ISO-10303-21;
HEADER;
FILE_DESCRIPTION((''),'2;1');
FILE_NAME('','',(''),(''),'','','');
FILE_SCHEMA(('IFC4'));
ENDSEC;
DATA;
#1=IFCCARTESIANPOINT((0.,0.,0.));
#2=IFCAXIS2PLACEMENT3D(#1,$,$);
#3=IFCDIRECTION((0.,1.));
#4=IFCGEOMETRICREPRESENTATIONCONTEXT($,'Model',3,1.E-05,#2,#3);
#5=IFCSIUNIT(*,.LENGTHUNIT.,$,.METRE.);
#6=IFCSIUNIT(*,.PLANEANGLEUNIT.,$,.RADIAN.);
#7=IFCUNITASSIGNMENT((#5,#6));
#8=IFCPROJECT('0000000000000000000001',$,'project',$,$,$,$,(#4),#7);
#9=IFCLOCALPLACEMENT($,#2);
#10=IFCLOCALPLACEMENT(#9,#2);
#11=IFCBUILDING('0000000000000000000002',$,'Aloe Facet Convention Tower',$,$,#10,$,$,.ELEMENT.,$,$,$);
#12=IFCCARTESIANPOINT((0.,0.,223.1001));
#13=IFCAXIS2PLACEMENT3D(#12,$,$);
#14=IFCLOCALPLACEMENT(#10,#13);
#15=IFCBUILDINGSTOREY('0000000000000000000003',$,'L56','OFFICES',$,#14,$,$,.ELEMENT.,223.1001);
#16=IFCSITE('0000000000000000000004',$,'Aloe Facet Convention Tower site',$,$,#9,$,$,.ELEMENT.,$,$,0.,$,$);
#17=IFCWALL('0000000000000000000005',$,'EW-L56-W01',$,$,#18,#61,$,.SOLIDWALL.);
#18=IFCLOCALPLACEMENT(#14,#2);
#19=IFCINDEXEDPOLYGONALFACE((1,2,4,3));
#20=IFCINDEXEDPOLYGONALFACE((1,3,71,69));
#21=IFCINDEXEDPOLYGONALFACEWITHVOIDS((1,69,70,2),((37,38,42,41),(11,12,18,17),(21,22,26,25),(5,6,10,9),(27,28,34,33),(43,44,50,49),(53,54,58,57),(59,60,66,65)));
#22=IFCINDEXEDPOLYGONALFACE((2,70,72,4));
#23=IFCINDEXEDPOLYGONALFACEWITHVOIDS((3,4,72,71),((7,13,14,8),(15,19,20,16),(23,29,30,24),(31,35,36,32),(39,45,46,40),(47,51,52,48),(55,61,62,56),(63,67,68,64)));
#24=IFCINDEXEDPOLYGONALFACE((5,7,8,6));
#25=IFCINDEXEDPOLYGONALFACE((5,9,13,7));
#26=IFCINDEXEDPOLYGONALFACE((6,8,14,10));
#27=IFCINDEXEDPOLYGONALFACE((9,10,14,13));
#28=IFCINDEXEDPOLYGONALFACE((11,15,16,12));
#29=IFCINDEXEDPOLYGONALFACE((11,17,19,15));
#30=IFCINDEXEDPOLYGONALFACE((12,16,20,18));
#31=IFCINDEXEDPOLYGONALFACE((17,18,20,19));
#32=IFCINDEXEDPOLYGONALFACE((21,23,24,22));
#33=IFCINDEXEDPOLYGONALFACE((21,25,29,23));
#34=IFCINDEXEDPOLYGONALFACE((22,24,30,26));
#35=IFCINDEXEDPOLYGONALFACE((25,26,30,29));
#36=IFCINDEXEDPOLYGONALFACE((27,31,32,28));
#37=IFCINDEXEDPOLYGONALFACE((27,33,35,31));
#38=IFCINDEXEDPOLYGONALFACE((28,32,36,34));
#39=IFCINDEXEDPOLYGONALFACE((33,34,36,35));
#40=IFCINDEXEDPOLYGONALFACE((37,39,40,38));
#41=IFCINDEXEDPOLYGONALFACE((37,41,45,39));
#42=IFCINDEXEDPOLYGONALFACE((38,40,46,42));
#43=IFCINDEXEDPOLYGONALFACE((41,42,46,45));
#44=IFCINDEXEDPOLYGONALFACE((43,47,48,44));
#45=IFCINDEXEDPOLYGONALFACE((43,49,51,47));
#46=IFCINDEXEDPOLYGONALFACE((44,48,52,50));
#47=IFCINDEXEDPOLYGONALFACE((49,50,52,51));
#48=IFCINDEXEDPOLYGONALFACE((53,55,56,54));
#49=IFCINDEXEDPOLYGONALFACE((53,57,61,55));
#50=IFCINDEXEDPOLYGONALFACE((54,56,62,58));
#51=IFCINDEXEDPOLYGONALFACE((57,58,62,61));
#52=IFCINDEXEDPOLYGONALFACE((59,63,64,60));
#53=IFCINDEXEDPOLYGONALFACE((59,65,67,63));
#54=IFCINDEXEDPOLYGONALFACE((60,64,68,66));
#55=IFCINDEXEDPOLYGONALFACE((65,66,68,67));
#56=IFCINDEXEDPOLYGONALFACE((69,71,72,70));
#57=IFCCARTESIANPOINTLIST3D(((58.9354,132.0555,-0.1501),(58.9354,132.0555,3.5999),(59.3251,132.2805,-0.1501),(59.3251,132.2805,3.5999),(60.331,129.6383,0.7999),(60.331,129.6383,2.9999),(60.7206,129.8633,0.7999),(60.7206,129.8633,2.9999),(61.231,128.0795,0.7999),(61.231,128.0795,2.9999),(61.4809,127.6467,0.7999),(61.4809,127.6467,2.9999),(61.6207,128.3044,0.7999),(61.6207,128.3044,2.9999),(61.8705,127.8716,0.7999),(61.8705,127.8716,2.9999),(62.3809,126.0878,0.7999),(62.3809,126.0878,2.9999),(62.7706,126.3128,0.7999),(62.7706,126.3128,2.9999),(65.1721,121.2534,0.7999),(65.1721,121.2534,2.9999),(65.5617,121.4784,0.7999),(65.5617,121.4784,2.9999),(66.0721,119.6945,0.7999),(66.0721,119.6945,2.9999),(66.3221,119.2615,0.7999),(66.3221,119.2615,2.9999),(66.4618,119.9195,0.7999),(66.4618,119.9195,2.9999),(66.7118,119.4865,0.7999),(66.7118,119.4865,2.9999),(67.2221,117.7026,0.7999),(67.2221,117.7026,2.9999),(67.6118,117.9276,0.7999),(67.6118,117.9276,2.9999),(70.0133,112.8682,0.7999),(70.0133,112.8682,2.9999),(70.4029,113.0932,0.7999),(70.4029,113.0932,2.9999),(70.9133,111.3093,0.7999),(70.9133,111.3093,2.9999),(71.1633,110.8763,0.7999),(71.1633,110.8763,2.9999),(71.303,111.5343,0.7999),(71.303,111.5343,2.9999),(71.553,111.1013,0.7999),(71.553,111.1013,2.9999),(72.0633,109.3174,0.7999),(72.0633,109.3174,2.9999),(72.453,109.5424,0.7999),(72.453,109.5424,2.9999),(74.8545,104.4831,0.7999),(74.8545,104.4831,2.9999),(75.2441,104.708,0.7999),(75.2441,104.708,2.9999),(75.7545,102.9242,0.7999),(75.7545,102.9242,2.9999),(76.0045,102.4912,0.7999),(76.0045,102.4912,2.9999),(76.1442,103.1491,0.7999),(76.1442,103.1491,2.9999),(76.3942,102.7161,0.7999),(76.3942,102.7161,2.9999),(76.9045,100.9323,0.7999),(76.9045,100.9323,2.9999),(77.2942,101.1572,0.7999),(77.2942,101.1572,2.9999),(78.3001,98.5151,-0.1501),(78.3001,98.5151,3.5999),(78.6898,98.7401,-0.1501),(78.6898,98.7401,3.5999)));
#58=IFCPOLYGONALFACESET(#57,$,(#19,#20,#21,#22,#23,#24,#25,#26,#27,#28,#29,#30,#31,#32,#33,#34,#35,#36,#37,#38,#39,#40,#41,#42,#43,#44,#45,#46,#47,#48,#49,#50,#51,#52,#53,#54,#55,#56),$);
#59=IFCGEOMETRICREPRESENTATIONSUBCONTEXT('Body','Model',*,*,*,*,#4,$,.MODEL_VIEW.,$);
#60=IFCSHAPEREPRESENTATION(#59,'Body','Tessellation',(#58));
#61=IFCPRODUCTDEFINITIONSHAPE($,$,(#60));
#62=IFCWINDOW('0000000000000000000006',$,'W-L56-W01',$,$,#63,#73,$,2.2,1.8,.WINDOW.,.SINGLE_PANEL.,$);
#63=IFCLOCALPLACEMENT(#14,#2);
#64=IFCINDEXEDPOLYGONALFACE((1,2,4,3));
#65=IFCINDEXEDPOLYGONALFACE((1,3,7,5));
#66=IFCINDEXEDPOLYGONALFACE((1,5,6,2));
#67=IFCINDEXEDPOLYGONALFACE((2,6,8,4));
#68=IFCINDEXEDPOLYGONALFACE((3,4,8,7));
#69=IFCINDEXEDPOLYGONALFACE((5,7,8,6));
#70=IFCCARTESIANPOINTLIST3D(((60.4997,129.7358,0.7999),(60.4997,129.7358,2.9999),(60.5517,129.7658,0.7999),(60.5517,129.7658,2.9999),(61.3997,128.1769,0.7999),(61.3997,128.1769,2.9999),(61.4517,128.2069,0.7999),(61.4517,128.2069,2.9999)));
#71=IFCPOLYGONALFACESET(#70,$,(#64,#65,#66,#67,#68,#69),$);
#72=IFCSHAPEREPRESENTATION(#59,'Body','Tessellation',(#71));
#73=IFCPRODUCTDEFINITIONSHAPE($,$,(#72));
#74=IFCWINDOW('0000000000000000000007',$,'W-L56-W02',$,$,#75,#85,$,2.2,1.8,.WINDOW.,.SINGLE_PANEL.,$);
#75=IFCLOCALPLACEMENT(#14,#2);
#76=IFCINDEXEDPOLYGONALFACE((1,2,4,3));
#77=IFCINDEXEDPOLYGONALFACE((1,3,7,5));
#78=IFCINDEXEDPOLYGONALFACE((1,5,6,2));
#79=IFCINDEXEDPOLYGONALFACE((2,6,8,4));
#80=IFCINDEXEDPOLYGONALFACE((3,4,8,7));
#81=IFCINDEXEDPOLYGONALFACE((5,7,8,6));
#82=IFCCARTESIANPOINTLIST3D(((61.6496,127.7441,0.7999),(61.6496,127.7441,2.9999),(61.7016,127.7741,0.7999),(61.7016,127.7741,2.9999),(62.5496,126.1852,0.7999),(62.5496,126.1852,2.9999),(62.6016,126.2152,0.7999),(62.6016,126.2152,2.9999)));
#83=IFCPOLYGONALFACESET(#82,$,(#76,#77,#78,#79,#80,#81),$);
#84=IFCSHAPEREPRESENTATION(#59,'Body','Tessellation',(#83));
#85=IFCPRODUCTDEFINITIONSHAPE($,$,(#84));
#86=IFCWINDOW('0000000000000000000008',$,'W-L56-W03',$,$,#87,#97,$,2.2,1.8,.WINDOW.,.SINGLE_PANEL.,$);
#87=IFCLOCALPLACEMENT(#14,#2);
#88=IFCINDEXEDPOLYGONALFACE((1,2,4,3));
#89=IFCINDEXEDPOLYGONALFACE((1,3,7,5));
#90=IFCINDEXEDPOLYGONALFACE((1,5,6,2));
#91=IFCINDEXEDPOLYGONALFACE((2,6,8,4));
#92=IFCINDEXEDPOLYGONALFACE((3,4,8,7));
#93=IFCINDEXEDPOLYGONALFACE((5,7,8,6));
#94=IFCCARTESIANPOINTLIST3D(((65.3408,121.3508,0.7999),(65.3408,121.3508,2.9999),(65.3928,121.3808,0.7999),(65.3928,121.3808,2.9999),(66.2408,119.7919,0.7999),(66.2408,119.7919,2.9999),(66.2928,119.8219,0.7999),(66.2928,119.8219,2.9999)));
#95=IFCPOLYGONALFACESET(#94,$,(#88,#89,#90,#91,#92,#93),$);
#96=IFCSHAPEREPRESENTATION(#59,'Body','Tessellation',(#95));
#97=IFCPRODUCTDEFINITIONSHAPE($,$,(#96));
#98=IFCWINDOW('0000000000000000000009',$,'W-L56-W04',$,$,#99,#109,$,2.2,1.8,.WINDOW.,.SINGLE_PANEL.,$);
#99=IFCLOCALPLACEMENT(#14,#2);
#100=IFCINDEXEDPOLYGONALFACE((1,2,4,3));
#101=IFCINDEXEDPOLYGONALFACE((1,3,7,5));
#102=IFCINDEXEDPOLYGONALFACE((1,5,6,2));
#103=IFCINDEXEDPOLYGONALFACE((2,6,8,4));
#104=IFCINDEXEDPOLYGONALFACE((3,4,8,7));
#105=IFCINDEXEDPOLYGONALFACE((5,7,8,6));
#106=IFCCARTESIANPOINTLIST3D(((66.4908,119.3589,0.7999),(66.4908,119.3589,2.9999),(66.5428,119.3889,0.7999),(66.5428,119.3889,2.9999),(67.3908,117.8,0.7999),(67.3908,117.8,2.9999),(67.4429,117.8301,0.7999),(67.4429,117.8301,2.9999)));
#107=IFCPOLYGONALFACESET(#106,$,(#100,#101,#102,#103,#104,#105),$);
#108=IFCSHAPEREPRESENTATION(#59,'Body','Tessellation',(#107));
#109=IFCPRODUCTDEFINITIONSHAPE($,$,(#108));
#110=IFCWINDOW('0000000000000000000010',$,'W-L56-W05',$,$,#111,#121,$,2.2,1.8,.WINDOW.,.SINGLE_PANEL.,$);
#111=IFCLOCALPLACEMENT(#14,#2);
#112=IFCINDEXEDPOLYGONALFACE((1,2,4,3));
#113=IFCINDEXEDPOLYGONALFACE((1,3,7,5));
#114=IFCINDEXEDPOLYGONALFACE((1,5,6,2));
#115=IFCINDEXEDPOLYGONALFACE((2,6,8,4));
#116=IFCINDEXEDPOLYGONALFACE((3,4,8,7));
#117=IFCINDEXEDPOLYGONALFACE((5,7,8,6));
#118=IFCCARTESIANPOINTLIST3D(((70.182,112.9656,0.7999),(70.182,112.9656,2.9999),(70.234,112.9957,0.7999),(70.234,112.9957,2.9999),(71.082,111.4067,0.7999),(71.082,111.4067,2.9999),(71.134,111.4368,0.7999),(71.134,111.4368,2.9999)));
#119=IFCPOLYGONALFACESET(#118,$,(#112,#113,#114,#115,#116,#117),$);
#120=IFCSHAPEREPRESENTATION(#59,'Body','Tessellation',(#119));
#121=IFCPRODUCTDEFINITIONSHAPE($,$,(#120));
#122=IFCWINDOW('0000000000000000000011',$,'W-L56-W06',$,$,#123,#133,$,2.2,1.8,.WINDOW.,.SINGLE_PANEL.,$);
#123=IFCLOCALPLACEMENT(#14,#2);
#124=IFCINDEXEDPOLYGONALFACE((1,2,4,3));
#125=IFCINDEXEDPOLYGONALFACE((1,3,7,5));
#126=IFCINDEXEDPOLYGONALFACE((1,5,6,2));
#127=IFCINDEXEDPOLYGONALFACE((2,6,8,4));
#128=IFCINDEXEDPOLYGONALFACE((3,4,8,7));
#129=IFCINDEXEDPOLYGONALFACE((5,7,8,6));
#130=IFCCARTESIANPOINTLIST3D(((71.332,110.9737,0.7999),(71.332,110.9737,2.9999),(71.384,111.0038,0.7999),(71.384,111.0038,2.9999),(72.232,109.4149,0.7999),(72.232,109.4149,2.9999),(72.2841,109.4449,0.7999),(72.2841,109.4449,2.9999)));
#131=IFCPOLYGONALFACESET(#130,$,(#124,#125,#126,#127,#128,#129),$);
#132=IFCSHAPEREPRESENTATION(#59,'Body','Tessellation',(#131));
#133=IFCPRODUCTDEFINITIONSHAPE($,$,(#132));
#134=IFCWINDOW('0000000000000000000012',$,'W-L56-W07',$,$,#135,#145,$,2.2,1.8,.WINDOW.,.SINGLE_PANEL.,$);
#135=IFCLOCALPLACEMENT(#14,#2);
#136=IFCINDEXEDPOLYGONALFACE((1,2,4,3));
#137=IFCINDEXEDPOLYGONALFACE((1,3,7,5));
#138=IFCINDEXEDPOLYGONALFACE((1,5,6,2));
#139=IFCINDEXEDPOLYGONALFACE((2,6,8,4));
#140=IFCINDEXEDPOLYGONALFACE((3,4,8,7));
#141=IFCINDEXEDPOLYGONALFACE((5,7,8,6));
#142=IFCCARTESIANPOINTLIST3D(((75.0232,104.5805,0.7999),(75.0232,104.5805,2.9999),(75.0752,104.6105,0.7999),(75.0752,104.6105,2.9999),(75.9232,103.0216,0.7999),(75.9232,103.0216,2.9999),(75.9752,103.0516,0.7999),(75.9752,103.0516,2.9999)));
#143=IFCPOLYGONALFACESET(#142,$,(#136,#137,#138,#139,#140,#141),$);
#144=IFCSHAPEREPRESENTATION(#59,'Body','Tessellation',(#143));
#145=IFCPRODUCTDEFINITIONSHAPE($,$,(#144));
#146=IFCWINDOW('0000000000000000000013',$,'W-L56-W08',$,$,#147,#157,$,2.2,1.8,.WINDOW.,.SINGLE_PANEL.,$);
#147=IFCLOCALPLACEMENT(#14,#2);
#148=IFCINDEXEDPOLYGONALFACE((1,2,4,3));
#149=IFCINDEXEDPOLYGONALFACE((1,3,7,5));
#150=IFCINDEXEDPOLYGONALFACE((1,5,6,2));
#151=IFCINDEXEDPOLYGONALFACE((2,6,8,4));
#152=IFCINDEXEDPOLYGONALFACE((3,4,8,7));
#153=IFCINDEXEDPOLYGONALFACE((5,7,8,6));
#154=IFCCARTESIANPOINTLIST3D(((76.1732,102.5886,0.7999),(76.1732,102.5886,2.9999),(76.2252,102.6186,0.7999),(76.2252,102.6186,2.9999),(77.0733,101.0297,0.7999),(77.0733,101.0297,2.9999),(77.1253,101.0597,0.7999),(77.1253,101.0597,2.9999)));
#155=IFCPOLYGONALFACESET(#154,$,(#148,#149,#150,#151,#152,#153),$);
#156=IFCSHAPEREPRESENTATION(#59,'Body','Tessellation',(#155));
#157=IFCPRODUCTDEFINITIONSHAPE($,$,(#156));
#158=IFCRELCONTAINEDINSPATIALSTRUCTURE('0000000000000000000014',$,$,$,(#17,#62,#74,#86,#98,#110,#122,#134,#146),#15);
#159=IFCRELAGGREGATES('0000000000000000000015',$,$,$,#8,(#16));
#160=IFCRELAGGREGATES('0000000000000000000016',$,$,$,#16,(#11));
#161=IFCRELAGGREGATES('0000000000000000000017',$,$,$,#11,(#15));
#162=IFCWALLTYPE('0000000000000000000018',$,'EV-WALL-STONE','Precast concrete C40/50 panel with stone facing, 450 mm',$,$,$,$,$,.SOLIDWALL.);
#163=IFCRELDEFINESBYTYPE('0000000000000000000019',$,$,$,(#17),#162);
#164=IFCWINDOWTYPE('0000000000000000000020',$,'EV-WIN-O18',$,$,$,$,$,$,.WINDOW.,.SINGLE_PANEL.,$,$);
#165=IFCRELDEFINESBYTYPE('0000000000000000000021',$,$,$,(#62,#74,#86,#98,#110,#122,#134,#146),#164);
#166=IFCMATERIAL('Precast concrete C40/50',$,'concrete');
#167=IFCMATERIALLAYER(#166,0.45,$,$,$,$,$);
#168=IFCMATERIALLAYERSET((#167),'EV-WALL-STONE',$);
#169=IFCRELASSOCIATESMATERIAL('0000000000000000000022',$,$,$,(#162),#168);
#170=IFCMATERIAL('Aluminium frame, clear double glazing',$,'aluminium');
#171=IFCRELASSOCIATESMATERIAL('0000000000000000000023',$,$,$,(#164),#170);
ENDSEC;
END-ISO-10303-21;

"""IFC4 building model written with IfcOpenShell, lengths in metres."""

from ifc_helpers import new_model, si_unit, direction, frame, frame_2d, origin, place, context, subcontext, project, spatial, polyline, rectangle, outline, extrude, material, layer, layer_set, type_object, element, fill, save


model = new_model("IFC4")

# Units and contexts
model_context = context("Model", 3, precision=1e-05, world=origin(), true_north=direction((0.0, 1.0)))
body_context = subcontext(model_context, "Body", "Model", "MODEL_VIEW")
ifc_project = project(units=[si_unit("LENGTHUNIT", "METRE"), si_unit("PLANEANGLEUNIT", "RADIAN")], contexts=[model_context])

# Site, building, storey
site_placement = place(None, origin())
site = spatial("IfcSite", under=ifc_project, at=site_placement, Name="Aloe Facet Convention Tower site", CompositionType="ELEMENT", RefElevation=0.0)
building_placement = place(site_placement, origin())
building = spatial("IfcBuilding", under=site, at=building_placement, Name="Aloe Facet Convention Tower", CompositionType="ELEMENT")
storey_placement = place(building_placement, frame((0.0, 0.0, 223.1001)))
storey = spatial("IfcBuildingStorey", under=building, at=storey_placement, Name="L56", Description="OFFICES", CompositionType="ELEMENT", Elevation=223.1001)

# Wall, openings, windows
ifc_material_1 = material(Name="Precast concrete C40/50", Category="concrete")
ifc_layer_1 = layer(ifc_material_1, 0.45)
ifc_layer_set_1 = layer_set([ifc_layer_1], Name="EV-WALL-STONE")
wall_type_1 = type_object("IfcWallType", Name="EV-WALL-STONE", Description="Precast concrete C40/50 panel with stone facing, 450 mm", PredefinedType="SOLIDWALL", material=ifc_layer_set_1)
wall_1_placement = place(storey_placement, frame((59.1301, 132.168, -0.1501), z_axis=(0.0, 0.0, 1.0), x_axis=(0.500002, -0.866024, 0.0)))
wall_1 = element("IfcWall", 1, at=wall_1_placement, inside=storey, type_object=wall_type_1, Name="EW-L56-W01", PredefinedType="SOLIDWALL", context=body_context, shape_type="SweptSolid", body=[
    extrude(outline(polyline([(38.7292, 0.0), (38.7292, 3.75), (0.0, 3.75), (0.0, 0.0), (38.7292, 0.0)])), frame((0.0, 0.2251, 0.0), z_axis=(0.0, -1.0, 0.0), x_axis=(1.0, 0.0, 0.0)), (0.0, 0.0, 1.0), 0.45),
])
opening_1_placement = place(wall_1_placement, frame((2.7913, 0.0, 0.95)))
opening_1 = element("IfcOpeningElement", 2, at=opening_1_placement, cuts=wall_1, PredefinedType="OPENING", context=body_context, shape_type="SweptSolid", body=[
    extrude(rectangle(XDim=1.8, YDim=2.2, at=frame_2d((0.8999, 1.1001))), frame((0.0, 0.2349, 0.0), z_axis=(0.0, -1.0, 0.0), x_axis=(1.0, 0.0, 0.0)), (0.0, 0.0, 1.0), 0.47),
])
opening_2_placement = place(wall_1_placement, frame((5.0911, 0.0, 0.95)))
opening_2 = element("IfcOpeningElement", 3, at=opening_2_placement, cuts=wall_1, PredefinedType="OPENING", context=body_context, shape_type="SweptSolid", body=[
    extrude(rectangle(XDim=1.8, YDim=2.2, at=frame_2d((0.8999, 1.1001))), frame((0.0, 0.2349, 0.0), z_axis=(0.0, -1.0, 0.0), x_axis=(1.0, 0.0, 0.0)), (0.0, 0.0, 1.0), 0.47),
])
opening_3_placement = place(wall_1_placement, frame((12.4734, 0.0, 0.95)))
opening_3 = element("IfcOpeningElement", 4, at=opening_3_placement, cuts=wall_1, PredefinedType="OPENING", context=body_context, shape_type="SweptSolid", body=[
    extrude(rectangle(XDim=1.8, YDim=2.2, at=frame_2d((0.8999, 1.1001))), frame((0.0, 0.2349, 0.0), z_axis=(0.0, -1.0, 0.0), x_axis=(1.0, 0.0, 0.0)), (0.0, 0.0, 1.0), 0.47),
])
opening_4_placement = place(wall_1_placement, frame((14.7734, 0.0, 0.95)))
opening_4 = element("IfcOpeningElement", 5, at=opening_4_placement, cuts=wall_1, PredefinedType="OPENING", context=body_context, shape_type="SweptSolid", body=[
    extrude(rectangle(XDim=1.8, YDim=2.2, at=frame_2d((0.8999, 1.1001))), frame((0.0, 0.2349, 0.0), z_axis=(0.0, -1.0, 0.0), x_axis=(1.0, 0.0, 0.0)), (0.0, 0.0, 1.0), 0.47),
])
opening_5_placement = place(wall_1_placement, frame((22.1558, 0.0, 0.95)))
opening_5 = element("IfcOpeningElement", 6, at=opening_5_placement, cuts=wall_1, PredefinedType="OPENING", context=body_context, shape_type="SweptSolid", body=[
    extrude(rectangle(XDim=1.8, YDim=2.2, at=frame_2d((0.8999, 1.1001))), frame((0.0, 0.2349, 0.0), z_axis=(0.0, -1.0, 0.0), x_axis=(1.0, 0.0, 0.0)), (0.0, 0.0, 1.0), 0.47),
])
opening_6_placement = place(wall_1_placement, frame((24.4558, 0.0, 0.95)))
opening_6 = element("IfcOpeningElement", 7, at=opening_6_placement, cuts=wall_1, PredefinedType="OPENING", context=body_context, shape_type="SweptSolid", body=[
    extrude(rectangle(XDim=1.8, YDim=2.2, at=frame_2d((0.8999, 1.1001))), frame((0.0, 0.2349, 0.0), z_axis=(0.0, -1.0, 0.0), x_axis=(1.0, 0.0, 0.0)), (0.0, 0.0, 1.0), 0.47),
])
opening_7_placement = place(wall_1_placement, frame((31.8381, 0.0, 0.95)))
opening_7 = element("IfcOpeningElement", 8, at=opening_7_placement, cuts=wall_1, PredefinedType="OPENING", context=body_context, shape_type="SweptSolid", body=[
    extrude(rectangle(XDim=1.8, YDim=2.2, at=frame_2d((0.8999, 1.1001))), frame((0.0, 0.2349, 0.0), z_axis=(0.0, -1.0, 0.0), x_axis=(1.0, 0.0, 0.0)), (0.0, 0.0, 1.0), 0.47),
])
opening_8_placement = place(wall_1_placement, frame((34.1382, 0.0, 0.95)))
opening_8 = element("IfcOpeningElement", 9, at=opening_8_placement, cuts=wall_1, PredefinedType="OPENING", context=body_context, shape_type="SweptSolid", body=[
    extrude(rectangle(XDim=1.8, YDim=2.2, at=frame_2d((0.8999, 1.1001))), frame((0.0, 0.2349, 0.0), z_axis=(0.0, -1.0, 0.0), x_axis=(1.0, 0.0, 0.0)), (0.0, 0.0, 1.0), 0.47),
])
ifc_material_2 = material(Name="Aluminium frame, clear double glazing", Category="aluminium")
window_type = type_object("IfcWindowType", Name="EV-WIN-O18", PartitioningType="SINGLE_PANEL", PredefinedType="WINDOW", material=ifc_material_2)
window_1_placement = place(opening_1_placement, origin())
window_1 = element("IfcWindow", 10, at=window_1_placement, inside=storey, type_object=window_type, Name="W-L56-W01", OverallHeight=2.2, OverallWidth=1.8, PartitioningType="SINGLE_PANEL", PredefinedType="WINDOW", context=body_context, shape_type="SweptSolid", body=[
    extrude(rectangle(XDim=1.8, YDim=2.2, at=frame_2d((0.8999, 1.1001))), frame((0.0, 0.03, 0.0), z_axis=(0.0, -1.0, 0.0), x_axis=(1.0, 0.0, 0.0)), (0.0, 0.0, 1.0), 0.0601),
])
fill(opening_1, window_1)
window_2_placement = place(opening_2_placement, origin())
window_2 = element("IfcWindow", 11, at=window_2_placement, inside=storey, type_object=window_type, Name="W-L56-W02", OverallHeight=2.2, OverallWidth=1.8, PartitioningType="SINGLE_PANEL", PredefinedType="WINDOW", context=body_context, shape_type="SweptSolid", body=[
    extrude(rectangle(XDim=1.8, YDim=2.2, at=frame_2d((0.8999, 1.1001))), frame((0.0, 0.03, 0.0), z_axis=(0.0, -1.0, 0.0), x_axis=(1.0, 0.0, 0.0)), (0.0, 0.0, 1.0), 0.0601),
])
fill(opening_2, window_2)
window_3_placement = place(opening_3_placement, origin())
window_3 = element("IfcWindow", 12, at=window_3_placement, inside=storey, type_object=window_type, Name="W-L56-W03", OverallHeight=2.2, OverallWidth=1.8, PartitioningType="SINGLE_PANEL", PredefinedType="WINDOW", context=body_context, shape_type="SweptSolid", body=[
    extrude(rectangle(XDim=1.8, YDim=2.2, at=frame_2d((0.8999, 1.1001))), frame((0.0, 0.03, 0.0), z_axis=(0.0, -1.0, 0.0), x_axis=(1.0, 0.0, 0.0)), (0.0, 0.0, 1.0), 0.0601),
])
fill(opening_3, window_3)
window_4_placement = place(opening_4_placement, origin())
window_4 = element("IfcWindow", 13, at=window_4_placement, inside=storey, type_object=window_type, Name="W-L56-W04", OverallHeight=2.2, OverallWidth=1.8, PartitioningType="SINGLE_PANEL", PredefinedType="WINDOW", context=body_context, shape_type="SweptSolid", body=[
    extrude(rectangle(XDim=1.8, YDim=2.2, at=frame_2d((0.8999, 1.1001))), frame((0.0, 0.03, 0.0), z_axis=(0.0, -1.0, 0.0), x_axis=(1.0, 0.0, 0.0)), (0.0, 0.0, 1.0), 0.0601),
])
fill(opening_4, window_4)
window_5_placement = place(opening_5_placement, origin())
window_5 = element("IfcWindow", 14, at=window_5_placement, inside=storey, type_object=window_type, Name="W-L56-W05", OverallHeight=2.2, OverallWidth=1.8, PartitioningType="SINGLE_PANEL", PredefinedType="WINDOW", context=body_context, shape_type="SweptSolid", body=[
    extrude(rectangle(XDim=1.8, YDim=2.2, at=frame_2d((0.8999, 1.1001))), frame((0.0, 0.03, 0.0), z_axis=(0.0, -1.0, 0.0), x_axis=(1.0, 0.0, 0.0)), (0.0, 0.0, 1.0), 0.0601),
])
fill(opening_5, window_5)
window_6_placement = place(opening_6_placement, origin())
window_6 = element("IfcWindow", 15, at=window_6_placement, inside=storey, type_object=window_type, Name="W-L56-W06", OverallHeight=2.2, OverallWidth=1.8, PartitioningType="SINGLE_PANEL", PredefinedType="WINDOW", context=body_context, shape_type="SweptSolid", body=[
    extrude(rectangle(XDim=1.8, YDim=2.2, at=frame_2d((0.8999, 1.1001))), frame((0.0, 0.03, 0.0), z_axis=(0.0, -1.0, 0.0), x_axis=(1.0, 0.0, 0.0)), (0.0, 0.0, 1.0), 0.0601),
])
fill(opening_6, window_6)
window_7_placement = place(opening_7_placement, origin())
window_7 = element("IfcWindow", 16, at=window_7_placement, inside=storey, type_object=window_type, Name="W-L56-W07", OverallHeight=2.2, OverallWidth=1.8, PartitioningType="SINGLE_PANEL", PredefinedType="WINDOW", context=body_context, shape_type="SweptSolid", body=[
    extrude(rectangle(XDim=1.8, YDim=2.2, at=frame_2d((0.8999, 1.1001))), frame((0.0, 0.03, 0.0), z_axis=(0.0, -1.0, 0.0), x_axis=(1.0, 0.0, 0.0)), (0.0, 0.0, 1.0), 0.0601),
])
fill(opening_7, window_7)
window_8_placement = place(opening_8_placement, origin())
window_8 = element("IfcWindow", 17, at=window_8_placement, inside=storey, type_object=window_type, Name="W-L56-W08", OverallHeight=2.2, OverallWidth=1.8, PartitioningType="SINGLE_PANEL", PredefinedType="WINDOW", context=body_context, shape_type="SweptSolid", body=[
    extrude(rectangle(XDim=1.8, YDim=2.2, at=frame_2d((0.8999, 1.1001))), frame((0.0, 0.03, 0.0), z_axis=(0.0, -1.0, 0.0), x_axis=(1.0, 0.0, 0.0)), (0.0, 0.0, 1.0), 0.0601),
])
fill(opening_8, window_8)

save(model, "model.ifc")
